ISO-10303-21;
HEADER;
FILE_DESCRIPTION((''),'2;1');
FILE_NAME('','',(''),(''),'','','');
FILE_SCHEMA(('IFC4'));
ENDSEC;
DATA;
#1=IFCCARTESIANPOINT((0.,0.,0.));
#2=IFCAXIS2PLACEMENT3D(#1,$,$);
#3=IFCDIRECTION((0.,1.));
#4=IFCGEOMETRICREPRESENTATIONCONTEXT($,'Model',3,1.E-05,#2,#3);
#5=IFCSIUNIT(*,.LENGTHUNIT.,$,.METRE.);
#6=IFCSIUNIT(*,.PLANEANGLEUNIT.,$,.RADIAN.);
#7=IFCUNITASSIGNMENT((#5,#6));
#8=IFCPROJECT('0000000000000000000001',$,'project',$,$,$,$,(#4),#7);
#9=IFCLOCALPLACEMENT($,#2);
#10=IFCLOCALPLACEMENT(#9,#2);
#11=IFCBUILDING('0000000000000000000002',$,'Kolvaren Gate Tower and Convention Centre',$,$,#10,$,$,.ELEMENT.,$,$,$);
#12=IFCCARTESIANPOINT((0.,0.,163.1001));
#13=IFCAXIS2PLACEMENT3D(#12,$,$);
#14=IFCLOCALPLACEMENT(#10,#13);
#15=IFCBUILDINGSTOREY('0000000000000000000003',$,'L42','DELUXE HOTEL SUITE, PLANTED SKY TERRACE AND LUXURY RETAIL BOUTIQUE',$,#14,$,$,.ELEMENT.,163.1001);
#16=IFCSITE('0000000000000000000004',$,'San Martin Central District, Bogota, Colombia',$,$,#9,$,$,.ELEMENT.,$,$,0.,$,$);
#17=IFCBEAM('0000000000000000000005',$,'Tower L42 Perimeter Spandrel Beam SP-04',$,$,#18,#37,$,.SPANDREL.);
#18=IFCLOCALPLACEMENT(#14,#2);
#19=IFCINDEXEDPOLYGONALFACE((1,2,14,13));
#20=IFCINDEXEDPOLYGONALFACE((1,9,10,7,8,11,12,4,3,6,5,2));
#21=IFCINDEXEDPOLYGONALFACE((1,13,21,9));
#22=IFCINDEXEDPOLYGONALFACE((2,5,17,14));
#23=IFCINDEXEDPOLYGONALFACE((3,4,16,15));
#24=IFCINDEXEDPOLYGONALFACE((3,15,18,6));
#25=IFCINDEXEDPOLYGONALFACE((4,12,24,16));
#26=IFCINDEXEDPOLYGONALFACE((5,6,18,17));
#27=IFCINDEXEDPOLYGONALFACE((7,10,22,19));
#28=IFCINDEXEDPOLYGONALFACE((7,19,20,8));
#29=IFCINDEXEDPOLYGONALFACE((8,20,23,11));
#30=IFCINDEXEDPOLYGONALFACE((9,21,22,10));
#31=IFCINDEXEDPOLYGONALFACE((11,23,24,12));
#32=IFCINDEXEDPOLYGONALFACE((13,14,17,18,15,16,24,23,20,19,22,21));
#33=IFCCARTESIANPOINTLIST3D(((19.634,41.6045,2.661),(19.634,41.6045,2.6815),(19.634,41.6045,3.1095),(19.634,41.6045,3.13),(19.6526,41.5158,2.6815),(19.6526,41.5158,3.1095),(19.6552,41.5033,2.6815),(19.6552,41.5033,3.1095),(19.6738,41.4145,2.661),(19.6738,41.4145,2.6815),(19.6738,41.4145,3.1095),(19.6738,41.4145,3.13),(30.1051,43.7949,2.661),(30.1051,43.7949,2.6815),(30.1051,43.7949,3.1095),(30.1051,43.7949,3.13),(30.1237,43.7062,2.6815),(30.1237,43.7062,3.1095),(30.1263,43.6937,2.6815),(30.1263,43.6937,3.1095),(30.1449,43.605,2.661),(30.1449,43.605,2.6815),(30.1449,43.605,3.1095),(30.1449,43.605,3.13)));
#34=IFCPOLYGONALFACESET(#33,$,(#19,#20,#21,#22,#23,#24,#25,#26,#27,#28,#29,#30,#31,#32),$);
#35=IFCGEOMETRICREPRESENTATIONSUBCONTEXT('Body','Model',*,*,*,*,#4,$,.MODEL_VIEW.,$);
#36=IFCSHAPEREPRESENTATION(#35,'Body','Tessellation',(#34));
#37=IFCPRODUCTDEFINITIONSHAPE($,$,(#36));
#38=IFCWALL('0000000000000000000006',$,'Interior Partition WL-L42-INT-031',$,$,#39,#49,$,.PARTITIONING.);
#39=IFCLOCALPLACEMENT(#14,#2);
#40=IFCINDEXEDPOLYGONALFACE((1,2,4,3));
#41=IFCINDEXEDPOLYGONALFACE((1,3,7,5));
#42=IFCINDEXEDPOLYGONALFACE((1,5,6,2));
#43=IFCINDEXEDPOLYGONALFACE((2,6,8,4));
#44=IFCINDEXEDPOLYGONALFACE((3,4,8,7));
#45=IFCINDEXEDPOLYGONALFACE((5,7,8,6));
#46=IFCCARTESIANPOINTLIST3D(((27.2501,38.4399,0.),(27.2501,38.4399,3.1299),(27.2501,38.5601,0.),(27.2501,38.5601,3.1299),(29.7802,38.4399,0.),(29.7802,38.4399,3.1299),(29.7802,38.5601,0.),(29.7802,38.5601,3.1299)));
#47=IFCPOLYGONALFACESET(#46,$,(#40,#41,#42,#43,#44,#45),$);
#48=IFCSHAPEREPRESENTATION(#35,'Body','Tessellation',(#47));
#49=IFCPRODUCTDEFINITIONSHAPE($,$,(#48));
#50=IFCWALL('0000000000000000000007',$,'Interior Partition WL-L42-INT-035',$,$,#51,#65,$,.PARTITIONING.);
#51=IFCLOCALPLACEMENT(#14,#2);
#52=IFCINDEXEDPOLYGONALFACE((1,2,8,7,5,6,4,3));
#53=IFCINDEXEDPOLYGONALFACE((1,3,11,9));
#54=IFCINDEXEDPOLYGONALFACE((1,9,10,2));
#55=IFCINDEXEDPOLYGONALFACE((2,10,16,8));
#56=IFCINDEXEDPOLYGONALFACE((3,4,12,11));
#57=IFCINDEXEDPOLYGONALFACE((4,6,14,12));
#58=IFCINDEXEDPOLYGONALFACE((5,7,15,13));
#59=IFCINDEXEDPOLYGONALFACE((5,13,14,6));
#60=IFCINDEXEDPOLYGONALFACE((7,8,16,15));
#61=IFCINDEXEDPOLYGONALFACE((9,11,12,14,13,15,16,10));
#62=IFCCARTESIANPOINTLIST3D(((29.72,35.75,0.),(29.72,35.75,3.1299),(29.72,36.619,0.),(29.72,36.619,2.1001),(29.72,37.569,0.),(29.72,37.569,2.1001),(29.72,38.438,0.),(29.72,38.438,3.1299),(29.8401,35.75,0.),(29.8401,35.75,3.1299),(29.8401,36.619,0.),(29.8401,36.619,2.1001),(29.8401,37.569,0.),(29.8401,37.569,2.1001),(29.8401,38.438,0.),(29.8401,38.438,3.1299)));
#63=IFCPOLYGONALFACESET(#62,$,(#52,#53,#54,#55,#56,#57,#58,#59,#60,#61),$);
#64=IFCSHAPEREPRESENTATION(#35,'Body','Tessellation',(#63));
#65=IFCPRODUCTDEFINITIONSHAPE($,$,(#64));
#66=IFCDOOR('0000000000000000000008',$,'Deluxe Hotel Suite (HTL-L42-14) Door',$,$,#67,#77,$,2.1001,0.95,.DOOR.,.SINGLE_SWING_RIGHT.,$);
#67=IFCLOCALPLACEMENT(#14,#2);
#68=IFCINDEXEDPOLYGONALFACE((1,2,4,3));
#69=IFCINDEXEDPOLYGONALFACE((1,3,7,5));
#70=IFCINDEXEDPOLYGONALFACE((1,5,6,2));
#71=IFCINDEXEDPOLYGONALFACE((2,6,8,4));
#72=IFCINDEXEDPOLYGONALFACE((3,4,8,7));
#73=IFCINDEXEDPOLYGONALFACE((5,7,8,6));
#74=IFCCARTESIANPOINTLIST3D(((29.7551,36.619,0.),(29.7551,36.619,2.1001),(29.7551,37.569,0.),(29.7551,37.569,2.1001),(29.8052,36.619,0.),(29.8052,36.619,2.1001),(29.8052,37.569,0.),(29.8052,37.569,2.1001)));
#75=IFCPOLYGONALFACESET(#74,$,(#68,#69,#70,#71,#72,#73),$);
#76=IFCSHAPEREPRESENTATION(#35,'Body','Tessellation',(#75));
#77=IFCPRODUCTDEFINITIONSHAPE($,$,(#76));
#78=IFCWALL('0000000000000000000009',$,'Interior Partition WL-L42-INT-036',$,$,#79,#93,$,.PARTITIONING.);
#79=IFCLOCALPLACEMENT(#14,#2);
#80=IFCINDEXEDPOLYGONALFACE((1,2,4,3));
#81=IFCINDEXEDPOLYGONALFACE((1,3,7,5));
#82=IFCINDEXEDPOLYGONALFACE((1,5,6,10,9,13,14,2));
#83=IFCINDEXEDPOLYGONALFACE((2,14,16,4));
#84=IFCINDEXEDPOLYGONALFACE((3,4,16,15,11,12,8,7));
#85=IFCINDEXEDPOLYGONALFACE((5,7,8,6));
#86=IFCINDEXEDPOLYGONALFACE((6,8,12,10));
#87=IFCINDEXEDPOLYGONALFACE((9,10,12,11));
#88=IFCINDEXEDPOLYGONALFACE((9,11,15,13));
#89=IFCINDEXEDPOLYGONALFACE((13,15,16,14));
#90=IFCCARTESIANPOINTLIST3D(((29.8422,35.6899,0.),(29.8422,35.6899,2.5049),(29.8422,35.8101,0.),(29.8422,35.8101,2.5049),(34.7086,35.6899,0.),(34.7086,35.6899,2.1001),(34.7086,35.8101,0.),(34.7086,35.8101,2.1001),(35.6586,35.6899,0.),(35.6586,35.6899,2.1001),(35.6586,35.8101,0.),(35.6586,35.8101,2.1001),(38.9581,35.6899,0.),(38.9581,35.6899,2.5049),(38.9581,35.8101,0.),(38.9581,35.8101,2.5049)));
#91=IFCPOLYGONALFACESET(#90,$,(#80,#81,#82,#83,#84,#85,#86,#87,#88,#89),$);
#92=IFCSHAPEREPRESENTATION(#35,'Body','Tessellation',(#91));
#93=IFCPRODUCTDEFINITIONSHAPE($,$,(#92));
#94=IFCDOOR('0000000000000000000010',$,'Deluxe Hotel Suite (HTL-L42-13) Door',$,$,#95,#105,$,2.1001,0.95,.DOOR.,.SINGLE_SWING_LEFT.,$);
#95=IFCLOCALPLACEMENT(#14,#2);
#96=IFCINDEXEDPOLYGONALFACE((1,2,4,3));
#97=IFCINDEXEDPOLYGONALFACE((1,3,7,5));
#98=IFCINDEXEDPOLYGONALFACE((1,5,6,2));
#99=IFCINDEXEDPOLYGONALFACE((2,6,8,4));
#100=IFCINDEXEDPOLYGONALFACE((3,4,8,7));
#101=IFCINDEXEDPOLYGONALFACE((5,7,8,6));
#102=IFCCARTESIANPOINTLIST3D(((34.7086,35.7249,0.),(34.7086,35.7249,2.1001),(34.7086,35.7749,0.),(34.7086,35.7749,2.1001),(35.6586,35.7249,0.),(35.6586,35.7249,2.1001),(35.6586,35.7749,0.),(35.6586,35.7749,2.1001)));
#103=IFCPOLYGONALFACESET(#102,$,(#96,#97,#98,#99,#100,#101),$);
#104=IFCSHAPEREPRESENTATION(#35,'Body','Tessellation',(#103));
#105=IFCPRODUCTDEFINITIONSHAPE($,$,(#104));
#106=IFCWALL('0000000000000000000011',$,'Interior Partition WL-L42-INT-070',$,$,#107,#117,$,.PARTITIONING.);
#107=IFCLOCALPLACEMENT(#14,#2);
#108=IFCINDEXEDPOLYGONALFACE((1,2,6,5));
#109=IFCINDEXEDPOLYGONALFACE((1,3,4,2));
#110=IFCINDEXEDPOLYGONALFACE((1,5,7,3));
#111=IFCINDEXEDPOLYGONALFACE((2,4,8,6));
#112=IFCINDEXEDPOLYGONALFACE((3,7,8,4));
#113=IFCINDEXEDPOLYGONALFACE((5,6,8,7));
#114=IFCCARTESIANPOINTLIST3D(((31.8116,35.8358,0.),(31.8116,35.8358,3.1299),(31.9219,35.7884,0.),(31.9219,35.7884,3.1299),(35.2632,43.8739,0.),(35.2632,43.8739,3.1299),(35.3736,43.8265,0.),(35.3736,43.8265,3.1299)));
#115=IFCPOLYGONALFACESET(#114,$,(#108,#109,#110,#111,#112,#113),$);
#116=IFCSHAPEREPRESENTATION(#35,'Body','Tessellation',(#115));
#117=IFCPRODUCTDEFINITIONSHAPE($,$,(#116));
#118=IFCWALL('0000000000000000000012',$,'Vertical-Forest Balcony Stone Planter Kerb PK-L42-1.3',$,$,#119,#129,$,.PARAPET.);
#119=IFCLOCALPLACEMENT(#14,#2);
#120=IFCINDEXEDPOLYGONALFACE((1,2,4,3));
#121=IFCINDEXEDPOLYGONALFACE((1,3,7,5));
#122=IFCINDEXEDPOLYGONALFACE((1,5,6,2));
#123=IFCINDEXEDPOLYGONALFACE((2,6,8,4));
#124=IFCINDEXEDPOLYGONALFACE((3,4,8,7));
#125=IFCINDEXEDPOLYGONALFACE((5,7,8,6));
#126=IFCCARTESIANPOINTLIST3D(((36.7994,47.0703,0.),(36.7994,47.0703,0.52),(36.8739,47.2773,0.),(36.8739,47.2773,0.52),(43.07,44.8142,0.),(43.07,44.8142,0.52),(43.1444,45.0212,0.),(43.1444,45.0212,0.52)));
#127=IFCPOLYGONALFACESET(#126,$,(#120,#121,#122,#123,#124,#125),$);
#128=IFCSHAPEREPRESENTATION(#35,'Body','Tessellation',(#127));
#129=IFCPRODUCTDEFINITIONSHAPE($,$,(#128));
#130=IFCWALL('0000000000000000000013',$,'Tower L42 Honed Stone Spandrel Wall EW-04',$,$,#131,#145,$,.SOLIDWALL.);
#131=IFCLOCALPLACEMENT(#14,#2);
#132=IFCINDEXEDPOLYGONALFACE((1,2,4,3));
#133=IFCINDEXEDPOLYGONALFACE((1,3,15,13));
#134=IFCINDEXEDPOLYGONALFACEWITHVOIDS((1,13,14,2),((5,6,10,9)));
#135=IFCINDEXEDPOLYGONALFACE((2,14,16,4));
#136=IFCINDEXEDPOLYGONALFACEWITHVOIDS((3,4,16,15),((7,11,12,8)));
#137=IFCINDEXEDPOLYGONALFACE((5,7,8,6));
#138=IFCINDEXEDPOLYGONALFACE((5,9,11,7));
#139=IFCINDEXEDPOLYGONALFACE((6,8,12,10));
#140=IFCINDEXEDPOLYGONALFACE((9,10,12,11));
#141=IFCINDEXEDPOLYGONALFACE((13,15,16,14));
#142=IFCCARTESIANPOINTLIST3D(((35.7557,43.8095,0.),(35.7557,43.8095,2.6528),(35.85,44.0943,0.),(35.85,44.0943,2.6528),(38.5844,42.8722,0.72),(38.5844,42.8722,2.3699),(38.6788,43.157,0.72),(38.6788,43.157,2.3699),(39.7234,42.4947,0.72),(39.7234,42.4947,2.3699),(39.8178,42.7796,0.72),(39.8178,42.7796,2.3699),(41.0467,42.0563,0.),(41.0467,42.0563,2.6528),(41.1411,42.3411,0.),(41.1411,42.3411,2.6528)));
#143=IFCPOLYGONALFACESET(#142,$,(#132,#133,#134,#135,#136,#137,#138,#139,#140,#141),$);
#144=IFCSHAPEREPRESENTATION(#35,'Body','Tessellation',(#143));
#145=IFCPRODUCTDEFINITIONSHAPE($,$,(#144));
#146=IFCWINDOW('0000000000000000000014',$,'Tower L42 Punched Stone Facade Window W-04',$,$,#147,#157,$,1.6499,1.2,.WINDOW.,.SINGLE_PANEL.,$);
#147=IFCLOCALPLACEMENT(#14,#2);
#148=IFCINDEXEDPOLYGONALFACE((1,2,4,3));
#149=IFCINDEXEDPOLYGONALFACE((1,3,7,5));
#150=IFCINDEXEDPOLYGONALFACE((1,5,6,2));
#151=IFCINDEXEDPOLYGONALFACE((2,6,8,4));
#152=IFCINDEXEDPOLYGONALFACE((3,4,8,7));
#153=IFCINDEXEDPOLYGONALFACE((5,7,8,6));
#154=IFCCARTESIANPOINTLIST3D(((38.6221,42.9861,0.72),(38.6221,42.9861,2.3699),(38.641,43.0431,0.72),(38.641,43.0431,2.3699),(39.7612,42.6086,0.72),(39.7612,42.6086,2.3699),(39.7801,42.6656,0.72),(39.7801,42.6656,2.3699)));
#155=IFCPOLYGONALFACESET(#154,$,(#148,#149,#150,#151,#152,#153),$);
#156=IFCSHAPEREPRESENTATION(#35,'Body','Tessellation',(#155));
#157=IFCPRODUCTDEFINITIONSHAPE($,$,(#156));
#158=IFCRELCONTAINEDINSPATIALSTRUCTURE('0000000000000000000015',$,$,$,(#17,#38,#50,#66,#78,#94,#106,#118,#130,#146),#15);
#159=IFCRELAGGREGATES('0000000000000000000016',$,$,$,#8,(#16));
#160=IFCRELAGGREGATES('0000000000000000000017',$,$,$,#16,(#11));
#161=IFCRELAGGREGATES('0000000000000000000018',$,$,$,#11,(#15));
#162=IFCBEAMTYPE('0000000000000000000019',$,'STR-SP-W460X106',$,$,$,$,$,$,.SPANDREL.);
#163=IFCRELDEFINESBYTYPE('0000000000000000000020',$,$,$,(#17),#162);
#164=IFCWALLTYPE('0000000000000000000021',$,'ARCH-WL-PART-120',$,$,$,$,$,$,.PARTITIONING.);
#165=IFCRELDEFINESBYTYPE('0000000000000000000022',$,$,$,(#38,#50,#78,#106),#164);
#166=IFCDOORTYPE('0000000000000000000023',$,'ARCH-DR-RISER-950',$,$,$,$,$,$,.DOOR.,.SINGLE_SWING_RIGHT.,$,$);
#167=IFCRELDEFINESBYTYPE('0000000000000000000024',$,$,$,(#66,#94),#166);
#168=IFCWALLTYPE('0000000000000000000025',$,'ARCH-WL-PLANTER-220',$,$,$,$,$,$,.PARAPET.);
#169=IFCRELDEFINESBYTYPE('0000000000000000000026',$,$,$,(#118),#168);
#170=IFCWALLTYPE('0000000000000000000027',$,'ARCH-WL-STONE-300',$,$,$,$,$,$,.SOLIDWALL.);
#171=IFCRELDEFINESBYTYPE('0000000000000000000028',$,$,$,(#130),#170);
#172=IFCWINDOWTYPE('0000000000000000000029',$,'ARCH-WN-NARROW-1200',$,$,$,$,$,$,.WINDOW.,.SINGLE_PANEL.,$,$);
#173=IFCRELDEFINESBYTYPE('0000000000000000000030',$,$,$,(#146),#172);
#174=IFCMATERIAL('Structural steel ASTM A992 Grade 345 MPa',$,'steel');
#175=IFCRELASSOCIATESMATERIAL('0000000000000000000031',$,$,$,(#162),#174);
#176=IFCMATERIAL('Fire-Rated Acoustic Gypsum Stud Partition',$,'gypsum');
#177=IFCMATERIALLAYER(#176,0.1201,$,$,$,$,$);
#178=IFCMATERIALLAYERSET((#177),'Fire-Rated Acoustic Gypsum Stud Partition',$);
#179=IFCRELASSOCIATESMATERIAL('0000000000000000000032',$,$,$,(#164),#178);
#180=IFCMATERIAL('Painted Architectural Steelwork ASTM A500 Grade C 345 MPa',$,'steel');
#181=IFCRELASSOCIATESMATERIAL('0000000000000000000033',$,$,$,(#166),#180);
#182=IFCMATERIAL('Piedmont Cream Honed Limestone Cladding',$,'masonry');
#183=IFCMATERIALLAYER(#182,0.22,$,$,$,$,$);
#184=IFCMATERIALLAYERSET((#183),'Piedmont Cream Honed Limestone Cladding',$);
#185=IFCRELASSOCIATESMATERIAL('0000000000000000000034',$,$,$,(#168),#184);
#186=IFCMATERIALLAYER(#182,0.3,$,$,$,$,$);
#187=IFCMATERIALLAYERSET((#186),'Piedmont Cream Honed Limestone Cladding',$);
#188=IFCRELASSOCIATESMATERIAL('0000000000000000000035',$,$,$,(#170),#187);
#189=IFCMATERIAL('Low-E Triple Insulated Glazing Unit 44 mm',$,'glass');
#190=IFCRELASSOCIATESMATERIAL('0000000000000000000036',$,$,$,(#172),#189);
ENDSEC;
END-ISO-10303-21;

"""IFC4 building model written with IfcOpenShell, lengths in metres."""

from ifc_helpers import new_model, si_unit, direction, frame, frame_2d, origin, origin_2d, place, context, subcontext, project, spatial, rectangle, i_section, extrude, material, layer, layer_set, material_profile, profile_set, type_object, element, fill, save


model = new_model("IFC4")

# Units and contexts
model_context = context("Model", 3, precision=1e-05, world=origin(), true_north=direction((0.0, 1.0)))
body_context = subcontext(model_context, "Body", "Model", "MODEL_VIEW")
ifc_project = project(units=[si_unit("LENGTHUNIT", "METRE"), si_unit("PLANEANGLEUNIT", "RADIAN")], contexts=[model_context])

# Site, building, storey
site_placement = place(None, origin())
site = spatial("IfcSite", under=ifc_project, at=site_placement, Name="San Martin Central District, Bogota, Colombia", CompositionType="ELEMENT", RefElevation=0.0)
building_placement = place(site_placement, origin())
building = spatial("IfcBuilding", under=site, at=building_placement, Name="Kolvaren Gate Tower and Convention Centre", CompositionType="ELEMENT")
storey_placement = place(building_placement, frame((0.0, 0.0, 163.1001)))
storey = spatial("IfcBuildingStorey", under=building, at=storey_placement, Name="L42", Description="DELUXE HOTEL SUITE, PLANTED SKY TERRACE AND LUXURY RETAIL BOUTIQUE", CompositionType="ELEMENT", Elevation=163.1001)

# Beam
ifc_material_1 = material(Name="Structural steel ASTM A992 Grade 345 MPa", Category="steel")
ifc_material_profile_1 = material_profile(ifc_material_1, i_section(OverallWidth=0.1941, OverallDepth=0.469, WebThickness=0.0127, FlangeThickness=0.0205, at=origin_2d()), Name="W460X106")
ifc_profile_set_1 = profile_set([ifc_material_profile_1], Name="Structural steel ASTM A992 Grade 345 MPa")
beam_type_1 = type_object("IfcBeamType", Name="STR-SP-W460X106", PredefinedType="SPANDREL", material=ifc_profile_set_1)
beam_1_placement = place(storey_placement, frame((30.125, 43.7, 2.8955), z_axis=(-0.978813, -0.204754, 0.0), x_axis=(0.204754, -0.978813, 0.0)))
element("IfcBeam", 1, at=beam_1_placement, inside=storey, type_object=beam_type_1, Name="Tower L42 Perimeter Spandrel Beam SP-04", PredefinedType="SPANDREL", context=body_context, shape_type="SweptSolid", body=[
    extrude(i_section(OverallWidth=0.1941, OverallDepth=0.469, WebThickness=0.0127, FlangeThickness=0.0205, at=origin_2d()), origin(), (0.0, 0.0, 1.0), 10.6978),
])

# Wall
ifc_material_2 = material(Name="Fire-Rated Acoustic Gypsum Stud Partition", Category="gypsum")
ifc_layer_1 = layer(ifc_material_2, 0.1201)
ifc_layer_set_1 = layer_set([ifc_layer_1], Name="Fire-Rated Acoustic Gypsum Stud Partition")
wall_type_1 = type_object("IfcWallType", Name="ARCH-WL-PART-120", PredefinedType="PARTITIONING", material=ifc_layer_set_1)
wall_1_placement = place(storey_placement, frame((27.25, 38.5, 0.0), z_axis=(0.0, 0.0, 1.0), x_axis=(1.0, 0.0, 0.0)))
element("IfcWall", 2, at=wall_1_placement, inside=storey, type_object=wall_type_1, Name="Interior Partition WL-L42-INT-031", PredefinedType="PARTITIONING", context=body_context, shape_type="SweptSolid", body=[
    extrude(rectangle(XDim=2.53, YDim=0.1201, at=frame_2d((1.2651, 0.0))), origin(), (0.0, 0.0, 1.0), 3.1299),
])

# Walls, openings, doors
wall_2_placement = place(storey_placement, frame((29.78, 35.75, 0.0), z_axis=(0.0, 0.0, 1.0), x_axis=(0.0, 1.0, 0.0)))
wall_2 = element("IfcWall", 3, at=wall_2_placement, inside=storey, type_object=wall_type_1, Name="Interior Partition WL-L42-INT-035", PredefinedType="PARTITIONING", context=body_context, shape_type="SweptSolid", body=[
    extrude(rectangle(XDim=2.688, YDim=0.1201, at=frame_2d((1.344, 0.0))), origin(), (0.0, 0.0, 1.0), 3.1299),
])
opening_1_placement = place(wall_2_placement, frame((0.8689, 0.0, 0.0)))
opening_1 = element("IfcOpeningElement", 4, at=opening_1_placement, cuts=wall_2, PredefinedType="OPENING", context=body_context, shape_type="SweptSolid", body=[
    extrude(rectangle(XDim=0.95, YDim=2.1001, at=frame_2d((0.4751, 1.05))), frame((0.0, 0.0701, 0.0), z_axis=(0.0, -1.0, 0.0), x_axis=(1.0, 0.0, 0.0)), (0.0, 0.0, 1.0), 0.1401),
])
ifc_material_3 = material(Name="Painted Architectural Steelwork ASTM A500 Grade C 345 MPa", Category="steel")
door_type_1 = type_object("IfcDoorType", Name="ARCH-DR-RISER-950", OperationType="SINGLE_SWING_RIGHT", PredefinedType="DOOR", material=ifc_material_3)
door_1_placement = place(opening_1_placement, origin())
door_1 = element("IfcDoor", 5, at=door_1_placement, inside=storey, type_object=door_type_1, Name="Deluxe Hotel Suite (HTL-L42-14) Door", OperationType="SINGLE_SWING_RIGHT", OverallHeight=2.1001, OverallWidth=0.95, PredefinedType="DOOR", context=body_context, shape_type="SweptSolid", body=[
    extrude(rectangle(XDim=0.95, YDim=2.1001, at=frame_2d((0.4751, 1.05))), frame((0.0, 0.0249, 0.0), z_axis=(0.0, -1.0, 0.0), x_axis=(1.0, 0.0, 0.0)), (0.0, 0.0, 1.0), 0.05),
])
fill(opening_1, door_1)
wall_3_placement = place(storey_placement, frame((29.842, 35.75, 0.0), z_axis=(0.0, 0.0, 1.0), x_axis=(1.0, 0.0, 0.0)))
wall_3 = element("IfcWall", 6, at=wall_3_placement, inside=storey, type_object=wall_type_1, Name="Interior Partition WL-L42-INT-036", PredefinedType="PARTITIONING", context=body_context, shape_type="SweptSolid", body=[
    extrude(rectangle(XDim=9.116, YDim=0.1201, at=frame_2d((4.5581, 0.0))), origin(), (0.0, 0.0, 1.0), 2.5049),
])
opening_2_placement = place(wall_3_placement, frame((4.8665, 0.0, 0.0)))
opening_2 = element("IfcOpeningElement", 7, at=opening_2_placement, cuts=wall_3, PredefinedType="OPENING", context=body_context, shape_type="SweptSolid", body=[
    extrude(rectangle(XDim=0.95, YDim=2.1001, at=frame_2d((0.4751, 1.05))), frame((0.0, 0.0701, 0.0), z_axis=(0.0, -1.0, 0.0), x_axis=(1.0, 0.0, 0.0)), (0.0, 0.0, 1.0), 0.1401),
])
door_2_placement = place(opening_2_placement, origin())
door_2 = element("IfcDoor", 8, at=door_2_placement, inside=storey, type_object=door_type_1, Name="Deluxe Hotel Suite (HTL-L42-13) Door", OperationType="SINGLE_SWING_LEFT", OverallHeight=2.1001, OverallWidth=0.95, PredefinedType="DOOR", context=body_context, shape_type="SweptSolid", body=[
    extrude(rectangle(XDim=0.95, YDim=2.1001, at=frame_2d((0.4751, 1.05))), frame((0.0, 0.0249, 0.0), z_axis=(0.0, -1.0, 0.0), x_axis=(1.0, 0.0, 0.0)), (0.0, 0.0, 1.0), 0.05),
])
fill(opening_2, door_2)

# Walls
wall_4_placement = place(storey_placement, frame((31.8667, 35.812, 0.0), z_axis=(0.0, 0.0, 1.0), x_axis=(0.394573, 0.918865, 0.0)))
element("IfcWall", 9, at=wall_4_placement, inside=storey, type_object=wall_type_1, Name="Interior Partition WL-L42-INT-070", PredefinedType="PARTITIONING", context=body_context, shape_type="SweptSolid", body=[
    extrude(rectangle(XDim=8.7478, YDim=0.1201, at=frame_2d((4.374, 0.0))), origin(), (0.0, 0.0, 1.0), 3.1299),
])
ifc_material_4 = material(Name="Piedmont Cream Honed Limestone Cladding", Category="masonry")
ifc_layer_2 = layer(ifc_material_4, 0.22)
ifc_layer_set_2 = layer_set([ifc_layer_2], Name="Piedmont Cream Honed Limestone Cladding")
wall_type_2 = type_object("IfcWallType", Name="ARCH-WL-PLANTER-220", PredefinedType="PARAPET", material=ifc_layer_set_2)
wall_5_placement = place(storey_placement, frame((36.8367, 47.1738, 0.0), z_axis=(0.0, 0.0, 1.0), x_axis=(0.940949, -0.33855, 0.0)))
element("IfcWall", 10, at=wall_5_placement, inside=storey, type_object=wall_type_2, Name="Vertical-Forest Balcony Stone Planter Kerb PK-L42-1.3", PredefinedType="PARAPET", context=body_context, shape_type="SweptSolid", body=[
    extrude(rectangle(XDim=6.6641, YDim=0.22, at=frame_2d((3.332, 0.0))), origin(), (0.0, 0.0, 1.0), 0.52),
])

# Wall, opening, window
ifc_layer_3 = layer(ifc_material_4, 0.3)
ifc_layer_set_3 = layer_set([ifc_layer_3], Name="Piedmont Cream Honed Limestone Cladding")
wall_type_3 = type_object("IfcWallType", Name="ARCH-WL-STONE-300", PredefinedType="SOLIDWALL", material=ifc_layer_set_3)
wall_6_placement = place(storey_placement, frame((35.8027, 43.9519, 0.0), z_axis=(0.0, 0.0, 1.0), x_axis=(0.949247, -0.314532, 0.0)))
wall_6 = element("IfcWall", 11, at=wall_6_placement, inside=storey, type_object=wall_type_3, Name="Tower L42 Honed Stone Spandrel Wall EW-04", PredefinedType="SOLIDWALL", context=body_context, shape_type="SweptSolid", body=[
    extrude(rectangle(XDim=5.574, YDim=0.3, at=frame_2d((2.7871, 0.0))), origin(), (0.0, 0.0, 1.0), 2.6528),
])
opening_3_placement = place(wall_6_placement, frame((2.98, 0.0, 0.72)))
opening_3 = element("IfcOpeningElement", 12, at=opening_3_placement, cuts=wall_6, PredefinedType="OPENING", context=body_context, shape_type="SweptSolid", body=[
    extrude(rectangle(XDim=1.2, YDim=1.6499, at=frame_2d((0.6001, 0.825))), frame((0.0, 0.1599, 0.0), z_axis=(0.0, -1.0, 0.0), x_axis=(1.0, 0.0, 0.0)), (0.0, 0.0, 1.0), 0.3201),
])
ifc_material_5 = material(Name="Low-E Triple Insulated Glazing Unit 44 mm", Category="glass")
window_type_1 = type_object("IfcWindowType", Name="ARCH-WN-NARROW-1200", PartitioningType="SINGLE_PANEL", PredefinedType="WINDOW", material=ifc_material_5)
window_1_placement = place(opening_3_placement, origin())
window_1 = element("IfcWindow", 13, at=window_1_placement, inside=storey, type_object=window_type_1, Name="Tower L42 Punched Stone Facade Window W-04", OverallHeight=1.6499, OverallWidth=1.2, PartitioningType="SINGLE_PANEL", PredefinedType="WINDOW", context=body_context, shape_type="SweptSolid", body=[
    extrude(rectangle(XDim=1.2, YDim=1.6499, at=frame_2d((0.6001, 0.825))), frame((0.0, 0.03, 0.0), z_axis=(0.0, -1.0, 0.0), x_axis=(1.0, 0.0, 0.0)), (0.0, 0.0, 1.0), 0.0601),
])
fill(opening_3, window_1)

save(model, "model.ifc")
